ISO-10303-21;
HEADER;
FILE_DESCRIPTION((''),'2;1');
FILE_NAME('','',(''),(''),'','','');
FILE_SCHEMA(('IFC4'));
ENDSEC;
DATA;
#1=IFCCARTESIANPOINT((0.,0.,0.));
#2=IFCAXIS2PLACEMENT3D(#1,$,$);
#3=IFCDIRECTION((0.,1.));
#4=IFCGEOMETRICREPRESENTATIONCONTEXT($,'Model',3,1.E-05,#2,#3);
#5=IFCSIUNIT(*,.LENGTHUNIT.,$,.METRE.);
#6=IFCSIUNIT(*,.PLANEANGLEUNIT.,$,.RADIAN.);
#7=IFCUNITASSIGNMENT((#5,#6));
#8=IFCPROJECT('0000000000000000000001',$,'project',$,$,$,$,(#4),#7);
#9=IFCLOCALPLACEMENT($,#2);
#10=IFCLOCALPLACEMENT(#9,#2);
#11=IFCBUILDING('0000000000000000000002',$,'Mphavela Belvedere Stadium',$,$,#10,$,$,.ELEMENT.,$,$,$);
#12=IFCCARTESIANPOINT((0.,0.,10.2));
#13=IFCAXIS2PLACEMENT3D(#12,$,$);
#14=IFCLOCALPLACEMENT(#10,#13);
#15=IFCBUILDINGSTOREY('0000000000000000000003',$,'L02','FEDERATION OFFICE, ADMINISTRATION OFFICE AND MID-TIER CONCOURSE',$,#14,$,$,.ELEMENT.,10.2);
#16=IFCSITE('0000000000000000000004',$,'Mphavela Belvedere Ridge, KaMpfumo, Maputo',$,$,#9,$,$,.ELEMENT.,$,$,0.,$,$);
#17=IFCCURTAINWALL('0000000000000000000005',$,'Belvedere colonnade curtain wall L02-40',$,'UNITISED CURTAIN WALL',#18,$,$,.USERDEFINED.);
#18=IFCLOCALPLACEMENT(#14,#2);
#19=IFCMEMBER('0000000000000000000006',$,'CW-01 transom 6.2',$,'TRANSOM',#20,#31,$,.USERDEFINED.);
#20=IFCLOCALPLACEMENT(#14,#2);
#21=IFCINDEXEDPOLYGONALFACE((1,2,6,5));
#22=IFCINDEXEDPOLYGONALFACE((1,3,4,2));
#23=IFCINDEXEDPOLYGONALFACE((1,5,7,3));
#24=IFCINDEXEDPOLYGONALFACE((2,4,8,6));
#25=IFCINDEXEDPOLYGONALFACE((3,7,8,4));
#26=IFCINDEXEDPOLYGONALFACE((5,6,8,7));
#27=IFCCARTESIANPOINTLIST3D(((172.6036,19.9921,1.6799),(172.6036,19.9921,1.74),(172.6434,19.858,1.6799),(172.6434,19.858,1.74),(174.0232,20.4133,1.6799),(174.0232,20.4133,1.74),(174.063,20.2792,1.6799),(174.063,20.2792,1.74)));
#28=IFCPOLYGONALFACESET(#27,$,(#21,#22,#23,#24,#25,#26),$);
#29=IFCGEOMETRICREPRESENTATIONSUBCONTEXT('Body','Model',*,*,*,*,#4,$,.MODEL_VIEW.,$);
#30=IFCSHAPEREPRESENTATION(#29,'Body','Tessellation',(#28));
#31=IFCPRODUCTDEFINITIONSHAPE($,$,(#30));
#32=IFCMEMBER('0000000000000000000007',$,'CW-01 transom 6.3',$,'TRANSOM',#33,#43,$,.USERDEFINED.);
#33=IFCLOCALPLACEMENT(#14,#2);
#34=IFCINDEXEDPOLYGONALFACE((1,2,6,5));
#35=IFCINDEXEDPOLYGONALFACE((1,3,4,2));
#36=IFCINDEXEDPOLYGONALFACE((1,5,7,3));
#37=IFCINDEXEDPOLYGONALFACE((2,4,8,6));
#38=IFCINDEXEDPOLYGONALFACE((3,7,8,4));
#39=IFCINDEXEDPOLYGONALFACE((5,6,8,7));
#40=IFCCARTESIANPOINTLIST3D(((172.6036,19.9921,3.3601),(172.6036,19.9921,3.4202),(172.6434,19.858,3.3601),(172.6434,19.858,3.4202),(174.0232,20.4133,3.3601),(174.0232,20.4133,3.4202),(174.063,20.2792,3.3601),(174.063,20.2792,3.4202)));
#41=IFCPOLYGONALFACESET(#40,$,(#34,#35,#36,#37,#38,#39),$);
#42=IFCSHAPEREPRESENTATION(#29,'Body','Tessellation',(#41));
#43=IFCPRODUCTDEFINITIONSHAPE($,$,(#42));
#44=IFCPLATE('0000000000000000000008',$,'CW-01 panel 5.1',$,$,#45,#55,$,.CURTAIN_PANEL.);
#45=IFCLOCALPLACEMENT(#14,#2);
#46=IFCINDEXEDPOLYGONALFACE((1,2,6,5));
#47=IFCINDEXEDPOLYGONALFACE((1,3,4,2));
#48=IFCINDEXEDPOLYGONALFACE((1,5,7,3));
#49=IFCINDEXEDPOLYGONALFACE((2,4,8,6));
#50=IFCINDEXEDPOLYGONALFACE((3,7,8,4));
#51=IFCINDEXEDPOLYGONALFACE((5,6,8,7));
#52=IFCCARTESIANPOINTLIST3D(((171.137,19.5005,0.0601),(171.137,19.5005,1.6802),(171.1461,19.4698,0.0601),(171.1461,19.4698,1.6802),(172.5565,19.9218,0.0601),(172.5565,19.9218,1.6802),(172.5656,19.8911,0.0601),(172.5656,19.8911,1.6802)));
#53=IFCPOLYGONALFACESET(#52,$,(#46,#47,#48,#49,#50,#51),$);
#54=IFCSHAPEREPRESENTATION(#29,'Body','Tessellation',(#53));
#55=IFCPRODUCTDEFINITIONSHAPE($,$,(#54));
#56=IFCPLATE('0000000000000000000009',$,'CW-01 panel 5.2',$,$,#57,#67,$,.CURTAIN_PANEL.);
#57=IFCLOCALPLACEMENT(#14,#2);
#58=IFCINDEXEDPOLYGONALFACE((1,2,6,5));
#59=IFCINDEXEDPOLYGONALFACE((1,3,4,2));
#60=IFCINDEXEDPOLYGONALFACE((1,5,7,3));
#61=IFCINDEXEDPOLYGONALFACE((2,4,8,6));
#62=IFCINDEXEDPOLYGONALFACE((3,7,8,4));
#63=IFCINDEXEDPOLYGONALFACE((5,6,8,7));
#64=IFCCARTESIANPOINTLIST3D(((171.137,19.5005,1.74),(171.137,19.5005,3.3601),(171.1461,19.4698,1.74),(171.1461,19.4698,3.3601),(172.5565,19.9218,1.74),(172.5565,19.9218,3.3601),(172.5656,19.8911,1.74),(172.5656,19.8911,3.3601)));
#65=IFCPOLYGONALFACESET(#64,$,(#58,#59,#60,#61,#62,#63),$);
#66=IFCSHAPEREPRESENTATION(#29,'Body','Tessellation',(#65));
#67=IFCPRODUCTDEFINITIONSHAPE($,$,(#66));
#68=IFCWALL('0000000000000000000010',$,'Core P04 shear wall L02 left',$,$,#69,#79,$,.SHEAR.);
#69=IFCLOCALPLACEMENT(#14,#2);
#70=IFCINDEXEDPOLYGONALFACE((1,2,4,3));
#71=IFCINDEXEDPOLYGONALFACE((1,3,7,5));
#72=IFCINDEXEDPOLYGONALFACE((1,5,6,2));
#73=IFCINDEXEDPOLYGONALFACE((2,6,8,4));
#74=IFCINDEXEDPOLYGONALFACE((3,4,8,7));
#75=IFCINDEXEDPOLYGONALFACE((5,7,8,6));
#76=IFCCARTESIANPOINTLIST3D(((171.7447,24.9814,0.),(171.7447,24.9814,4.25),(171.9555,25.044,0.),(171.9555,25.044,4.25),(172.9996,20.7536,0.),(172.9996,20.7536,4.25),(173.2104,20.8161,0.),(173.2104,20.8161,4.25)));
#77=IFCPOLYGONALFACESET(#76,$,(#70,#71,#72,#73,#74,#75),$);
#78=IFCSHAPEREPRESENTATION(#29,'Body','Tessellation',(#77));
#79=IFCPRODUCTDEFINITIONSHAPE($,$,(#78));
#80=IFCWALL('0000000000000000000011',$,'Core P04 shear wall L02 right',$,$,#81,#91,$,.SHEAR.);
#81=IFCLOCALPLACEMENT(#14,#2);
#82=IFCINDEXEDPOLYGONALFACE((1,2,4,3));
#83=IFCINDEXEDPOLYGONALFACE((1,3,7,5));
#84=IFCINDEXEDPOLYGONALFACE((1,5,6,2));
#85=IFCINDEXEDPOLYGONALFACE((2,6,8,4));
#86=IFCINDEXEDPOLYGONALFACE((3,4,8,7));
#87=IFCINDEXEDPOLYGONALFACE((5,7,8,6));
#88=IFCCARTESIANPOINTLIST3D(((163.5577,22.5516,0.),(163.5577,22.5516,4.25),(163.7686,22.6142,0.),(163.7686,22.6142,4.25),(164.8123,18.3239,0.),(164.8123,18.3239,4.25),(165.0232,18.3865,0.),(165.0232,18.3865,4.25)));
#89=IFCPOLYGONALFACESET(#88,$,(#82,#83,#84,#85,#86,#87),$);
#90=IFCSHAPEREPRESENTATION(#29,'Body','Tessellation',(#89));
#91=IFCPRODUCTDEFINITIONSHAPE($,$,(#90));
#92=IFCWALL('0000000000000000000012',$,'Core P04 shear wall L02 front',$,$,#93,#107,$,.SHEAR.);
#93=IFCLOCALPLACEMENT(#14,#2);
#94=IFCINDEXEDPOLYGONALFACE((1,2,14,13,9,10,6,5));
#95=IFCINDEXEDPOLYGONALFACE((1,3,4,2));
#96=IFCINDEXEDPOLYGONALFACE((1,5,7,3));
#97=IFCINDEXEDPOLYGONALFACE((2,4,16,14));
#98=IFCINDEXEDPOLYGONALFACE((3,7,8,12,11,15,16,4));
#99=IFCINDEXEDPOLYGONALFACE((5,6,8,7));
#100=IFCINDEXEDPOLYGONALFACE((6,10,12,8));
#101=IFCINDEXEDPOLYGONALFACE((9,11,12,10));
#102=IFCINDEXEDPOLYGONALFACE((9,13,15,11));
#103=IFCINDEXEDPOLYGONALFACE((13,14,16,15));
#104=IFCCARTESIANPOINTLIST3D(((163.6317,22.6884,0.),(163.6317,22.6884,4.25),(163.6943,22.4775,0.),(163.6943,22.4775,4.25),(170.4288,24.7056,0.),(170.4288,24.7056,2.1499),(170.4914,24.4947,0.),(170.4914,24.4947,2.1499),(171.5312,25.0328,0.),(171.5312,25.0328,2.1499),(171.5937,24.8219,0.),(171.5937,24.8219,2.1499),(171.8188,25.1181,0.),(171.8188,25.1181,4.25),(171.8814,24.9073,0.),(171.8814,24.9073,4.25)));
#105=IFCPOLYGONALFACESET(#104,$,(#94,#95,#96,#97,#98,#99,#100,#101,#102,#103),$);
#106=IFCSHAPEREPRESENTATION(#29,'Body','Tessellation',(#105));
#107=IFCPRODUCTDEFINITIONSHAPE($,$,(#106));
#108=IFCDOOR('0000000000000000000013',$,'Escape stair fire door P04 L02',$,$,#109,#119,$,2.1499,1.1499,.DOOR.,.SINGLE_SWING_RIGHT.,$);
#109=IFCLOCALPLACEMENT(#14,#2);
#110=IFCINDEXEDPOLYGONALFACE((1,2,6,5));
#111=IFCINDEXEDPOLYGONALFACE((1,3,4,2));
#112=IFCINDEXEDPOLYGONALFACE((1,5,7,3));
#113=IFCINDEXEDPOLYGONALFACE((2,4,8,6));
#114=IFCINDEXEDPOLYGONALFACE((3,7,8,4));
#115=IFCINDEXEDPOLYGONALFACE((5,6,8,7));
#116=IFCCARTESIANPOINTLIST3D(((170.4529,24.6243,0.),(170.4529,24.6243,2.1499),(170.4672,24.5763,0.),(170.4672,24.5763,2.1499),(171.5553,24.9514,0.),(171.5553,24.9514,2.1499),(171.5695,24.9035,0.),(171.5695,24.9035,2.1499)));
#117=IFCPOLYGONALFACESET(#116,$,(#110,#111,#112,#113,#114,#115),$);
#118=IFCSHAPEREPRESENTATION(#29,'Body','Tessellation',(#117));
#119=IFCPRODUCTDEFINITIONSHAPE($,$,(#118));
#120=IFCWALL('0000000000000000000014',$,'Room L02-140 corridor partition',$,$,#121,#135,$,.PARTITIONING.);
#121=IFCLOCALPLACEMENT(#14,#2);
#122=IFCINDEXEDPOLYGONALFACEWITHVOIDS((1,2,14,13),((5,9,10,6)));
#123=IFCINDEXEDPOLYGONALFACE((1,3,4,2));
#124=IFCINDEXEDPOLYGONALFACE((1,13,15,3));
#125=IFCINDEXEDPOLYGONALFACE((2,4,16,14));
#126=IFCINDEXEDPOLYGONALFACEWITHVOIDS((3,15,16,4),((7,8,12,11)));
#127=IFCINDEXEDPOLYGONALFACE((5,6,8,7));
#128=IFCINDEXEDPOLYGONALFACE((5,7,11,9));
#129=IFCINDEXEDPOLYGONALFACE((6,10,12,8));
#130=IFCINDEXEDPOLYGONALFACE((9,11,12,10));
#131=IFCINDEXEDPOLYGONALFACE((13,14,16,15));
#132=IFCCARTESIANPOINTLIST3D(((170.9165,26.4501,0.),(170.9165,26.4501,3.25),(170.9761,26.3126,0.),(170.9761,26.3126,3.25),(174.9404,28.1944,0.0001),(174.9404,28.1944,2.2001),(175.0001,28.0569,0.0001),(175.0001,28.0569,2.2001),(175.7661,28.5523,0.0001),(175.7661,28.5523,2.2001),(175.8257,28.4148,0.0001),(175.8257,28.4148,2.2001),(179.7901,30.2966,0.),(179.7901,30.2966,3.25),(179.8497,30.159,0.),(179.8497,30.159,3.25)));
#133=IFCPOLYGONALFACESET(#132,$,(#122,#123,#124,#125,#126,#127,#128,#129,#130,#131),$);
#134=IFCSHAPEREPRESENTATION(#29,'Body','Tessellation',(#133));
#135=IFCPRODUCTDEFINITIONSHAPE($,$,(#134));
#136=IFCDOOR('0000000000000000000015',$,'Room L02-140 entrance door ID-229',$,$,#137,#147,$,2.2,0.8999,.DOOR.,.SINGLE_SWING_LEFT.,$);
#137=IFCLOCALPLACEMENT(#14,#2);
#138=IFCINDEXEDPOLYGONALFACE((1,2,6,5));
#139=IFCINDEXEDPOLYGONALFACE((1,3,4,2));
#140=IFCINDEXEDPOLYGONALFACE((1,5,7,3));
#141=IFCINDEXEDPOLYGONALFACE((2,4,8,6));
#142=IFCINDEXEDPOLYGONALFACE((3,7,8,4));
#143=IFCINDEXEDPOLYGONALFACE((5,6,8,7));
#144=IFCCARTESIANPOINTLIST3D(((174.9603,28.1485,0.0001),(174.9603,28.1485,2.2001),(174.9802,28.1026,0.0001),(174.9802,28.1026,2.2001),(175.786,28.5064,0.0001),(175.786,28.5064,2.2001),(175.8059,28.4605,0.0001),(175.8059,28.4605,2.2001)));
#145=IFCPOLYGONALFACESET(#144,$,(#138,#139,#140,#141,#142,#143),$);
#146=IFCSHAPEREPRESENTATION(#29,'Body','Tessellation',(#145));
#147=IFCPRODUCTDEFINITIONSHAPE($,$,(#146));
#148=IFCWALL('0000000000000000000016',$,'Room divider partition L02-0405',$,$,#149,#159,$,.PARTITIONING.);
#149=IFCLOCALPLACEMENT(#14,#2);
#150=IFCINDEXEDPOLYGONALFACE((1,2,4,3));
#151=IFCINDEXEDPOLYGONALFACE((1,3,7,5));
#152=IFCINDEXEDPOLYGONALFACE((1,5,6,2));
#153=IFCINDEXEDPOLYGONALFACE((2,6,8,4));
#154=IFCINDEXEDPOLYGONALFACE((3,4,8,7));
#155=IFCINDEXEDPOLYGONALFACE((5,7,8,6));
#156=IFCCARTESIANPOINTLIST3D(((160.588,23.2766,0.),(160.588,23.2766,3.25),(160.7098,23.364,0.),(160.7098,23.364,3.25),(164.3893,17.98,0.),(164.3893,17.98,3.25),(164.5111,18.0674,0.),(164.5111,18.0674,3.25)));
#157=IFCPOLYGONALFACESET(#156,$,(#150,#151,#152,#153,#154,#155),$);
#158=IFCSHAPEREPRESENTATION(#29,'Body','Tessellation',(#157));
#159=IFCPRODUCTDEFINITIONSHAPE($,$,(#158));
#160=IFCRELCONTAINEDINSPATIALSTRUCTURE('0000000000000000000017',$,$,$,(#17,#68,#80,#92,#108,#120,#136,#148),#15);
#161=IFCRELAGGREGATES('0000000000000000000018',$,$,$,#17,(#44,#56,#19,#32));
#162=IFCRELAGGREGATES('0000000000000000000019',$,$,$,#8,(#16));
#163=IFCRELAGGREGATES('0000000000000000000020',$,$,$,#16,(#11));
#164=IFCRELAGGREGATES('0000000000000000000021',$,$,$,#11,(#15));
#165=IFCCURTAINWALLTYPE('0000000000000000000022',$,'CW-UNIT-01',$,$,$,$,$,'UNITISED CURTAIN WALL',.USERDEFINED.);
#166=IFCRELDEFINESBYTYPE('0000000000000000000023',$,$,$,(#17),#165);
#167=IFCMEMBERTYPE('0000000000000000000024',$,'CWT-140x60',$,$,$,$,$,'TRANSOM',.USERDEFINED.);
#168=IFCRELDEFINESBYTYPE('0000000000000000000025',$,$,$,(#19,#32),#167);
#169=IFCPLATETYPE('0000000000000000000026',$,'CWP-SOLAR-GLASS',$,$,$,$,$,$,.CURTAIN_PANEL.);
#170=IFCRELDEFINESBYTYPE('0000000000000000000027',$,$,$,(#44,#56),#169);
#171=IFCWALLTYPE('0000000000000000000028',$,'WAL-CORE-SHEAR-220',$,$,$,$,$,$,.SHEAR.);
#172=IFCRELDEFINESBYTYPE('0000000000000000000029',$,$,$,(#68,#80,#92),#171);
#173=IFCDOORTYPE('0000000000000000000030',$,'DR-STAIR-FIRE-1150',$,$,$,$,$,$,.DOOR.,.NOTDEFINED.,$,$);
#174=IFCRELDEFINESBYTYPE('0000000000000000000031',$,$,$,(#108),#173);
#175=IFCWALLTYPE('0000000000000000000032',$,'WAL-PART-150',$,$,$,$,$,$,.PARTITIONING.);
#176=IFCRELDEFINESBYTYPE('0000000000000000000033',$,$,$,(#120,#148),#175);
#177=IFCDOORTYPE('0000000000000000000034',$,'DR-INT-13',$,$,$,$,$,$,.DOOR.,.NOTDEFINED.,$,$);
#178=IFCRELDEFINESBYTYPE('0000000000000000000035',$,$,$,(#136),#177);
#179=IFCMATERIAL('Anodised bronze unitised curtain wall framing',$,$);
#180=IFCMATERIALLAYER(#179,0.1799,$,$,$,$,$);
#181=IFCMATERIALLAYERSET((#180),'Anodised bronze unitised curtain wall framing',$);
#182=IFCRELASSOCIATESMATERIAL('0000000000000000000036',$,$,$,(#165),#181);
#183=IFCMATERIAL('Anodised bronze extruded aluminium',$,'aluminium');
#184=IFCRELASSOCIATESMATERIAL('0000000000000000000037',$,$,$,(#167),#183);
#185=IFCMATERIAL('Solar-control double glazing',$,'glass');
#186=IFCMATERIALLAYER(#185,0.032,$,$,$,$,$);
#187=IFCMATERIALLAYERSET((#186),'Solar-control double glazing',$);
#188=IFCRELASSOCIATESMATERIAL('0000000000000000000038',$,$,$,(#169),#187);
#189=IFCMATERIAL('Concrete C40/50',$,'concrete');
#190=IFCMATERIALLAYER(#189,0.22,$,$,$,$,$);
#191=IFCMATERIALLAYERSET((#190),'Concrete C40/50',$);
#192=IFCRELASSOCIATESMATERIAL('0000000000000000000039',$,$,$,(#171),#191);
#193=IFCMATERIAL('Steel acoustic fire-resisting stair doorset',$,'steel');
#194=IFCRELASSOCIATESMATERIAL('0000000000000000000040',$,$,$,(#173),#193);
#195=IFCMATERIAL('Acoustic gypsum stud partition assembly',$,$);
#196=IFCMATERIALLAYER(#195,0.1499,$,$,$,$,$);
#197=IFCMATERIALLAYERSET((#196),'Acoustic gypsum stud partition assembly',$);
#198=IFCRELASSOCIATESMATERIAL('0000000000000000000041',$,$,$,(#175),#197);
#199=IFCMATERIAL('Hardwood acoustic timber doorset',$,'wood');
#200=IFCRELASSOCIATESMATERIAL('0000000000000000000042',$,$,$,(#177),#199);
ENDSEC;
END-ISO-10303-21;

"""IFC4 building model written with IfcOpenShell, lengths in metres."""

from ifc_helpers import new_model, si_unit, direction, frame, frame_2d, origin, origin_2d, place, context, subcontext, project, spatial, rectangle, extrude, material, layer, layer_set, material_profile, profile_set, type_object, element, fill, aggregate, save


model = new_model("IFC4")

# Units and contexts
model_context = context("Model", 3, precision=1e-05, world=origin(), true_north=direction((0.0, 1.0)))
body_context = subcontext(model_context, "Body", "Model", "MODEL_VIEW")
ifc_project = project(units=[si_unit("LENGTHUNIT", "METRE"), si_unit("PLANEANGLEUNIT", "RADIAN")], contexts=[model_context])

# Site, building, storey
site_placement = place(None, origin())
site = spatial("IfcSite", under=ifc_project, at=site_placement, Name="Mphavela Belvedere Ridge, KaMpfumo, Maputo", CompositionType="ELEMENT", RefElevation=0.0)
building_placement = place(site_placement, origin())
building = spatial("IfcBuilding", under=site, at=building_placement, Name="Mphavela Belvedere Stadium", CompositionType="ELEMENT")
storey_placement = place(building_placement, frame((0.0, 0.0, 10.2)))
storey = spatial("IfcBuildingStorey", under=building, at=storey_placement, Name="L02", Description="FEDERATION OFFICE, ADMINISTRATION OFFICE AND MID-TIER CONCOURSE", CompositionType="ELEMENT", Elevation=10.2)

# Curtain wall, members, plates
ifc_material_1 = material(Name="Anodised bronze unitised curtain wall framing")
ifc_layer_1 = layer(ifc_material_1, 0.1799)
ifc_layer_set_1 = layer_set([ifc_layer_1], Name="Anodised bronze unitised curtain wall framing")
curtain_wall_type = type_object("IfcCurtainWallType", Name="CW-UNIT-01", ElementType="UNITISED CURTAIN WALL", PredefinedType="USERDEFINED", material=ifc_layer_set_1)
curtain_wall_placement = place(storey_placement, origin())
curtain_wall = element("IfcCurtainWall", 1, at=curtain_wall_placement, inside=storey, type_object=curtain_wall_type, Name="Belvedere colonnade curtain wall L02-40", ObjectType="UNITISED CURTAIN WALL", PredefinedType="USERDEFINED")
ifc_material_2 = material(Name="Anodised bronze extruded aluminium", Category="aluminium")
ifc_material_profile_1 = material_profile(ifc_material_2, rectangle(XDim=0.1399, YDim=0.0601, at=origin_2d()), Name="CW-TRN 140x60")
ifc_profile_set_1 = profile_set([ifc_material_profile_1], Name="Anodised bronze extruded aluminium")
member_type_1 = type_object("IfcMemberType", Name="CWT-140x60", ElementType="TRANSOM", PredefinedType="USERDEFINED", material=ifc_profile_set_1)
member_1_placement = place(storey_placement, frame((172.6235, 19.925, 1.71), z_axis=(0.958693, 0.284442, 0.0), x_axis=(-0.284442, 0.958693, 0.0)))
member_1 = element("IfcMember", 2, at=member_1_placement, type_object=member_type_1, Name="CW-01 transom 6.2", ObjectType="TRANSOM", PredefinedType="USERDEFINED", context=body_context, shape_type="SweptSolid", body=[
    extrude(rectangle(XDim=0.1399, YDim=0.0601, at=origin_2d()), origin(), (0.0, 0.0, 1.0), 1.4807),
])
member_2_placement = place(storey_placement, frame((172.6235, 19.925, 3.3901), z_axis=(0.958693, 0.284442, 0.0), x_axis=(-0.284442, 0.958693, 0.0)))
member_2 = element("IfcMember", 3, at=member_2_placement, type_object=member_type_1, Name="CW-01 transom 6.3", ObjectType="TRANSOM", PredefinedType="USERDEFINED", context=body_context, shape_type="SweptSolid", body=[
    extrude(rectangle(XDim=0.1399, YDim=0.0601, at=origin_2d()), origin(), (0.0, 0.0, 1.0), 1.4807),
])
ifc_material_3 = material(Name="Solar-control double glazing", Category="glass")
ifc_layer_2 = layer(ifc_material_3, 0.032)
ifc_layer_set_2 = layer_set([ifc_layer_2], Name="Solar-control double glazing")
plate_type = type_object("IfcPlateType", Name="CWP-SOLAR-GLASS", PredefinedType="CURTAIN_PANEL", material=ifc_layer_set_2)
plate_1_placement = place(storey_placement, frame((171.8513, 19.6958, 0.0601), z_axis=(0.0, 0.0, 1.0), x_axis=(0.958662, 0.284547, 0.0)))
plate_1 = element("IfcPlate", 4, at=plate_1_placement, type_object=plate_type, Name="CW-01 panel 5.1", PredefinedType="CURTAIN_PANEL", context=body_context, shape_type="SweptSolid", body=[
    extrude(rectangle(XDim=1.4807, YDim=0.032, at=origin_2d()), origin(), (0.0, 0.0, 1.0), 1.6201),
])
plate_2_placement = place(storey_placement, frame((171.8513, 19.6958, 1.74), z_axis=(0.0, 0.0, 1.0), x_axis=(0.958662, 0.284547, 0.0)))
plate_2 = element("IfcPlate", 5, at=plate_2_placement, type_object=plate_type, Name="CW-01 panel 5.2", PredefinedType="CURTAIN_PANEL", context=body_context, shape_type="SweptSolid", body=[
    extrude(rectangle(XDim=1.4807, YDim=0.032, at=origin_2d()), origin(), (0.0, 0.0, 1.0), 1.6201),
])
aggregate(curtain_wall, [plate_1, plate_2, member_1, member_2])

# Walls
ifc_material_4 = material(Name="Concrete C40/50", Category="concrete")
ifc_layer_3 = layer(ifc_material_4, 0.22)
ifc_layer_set_3 = layer_set([ifc_layer_3], Name="Concrete C40/50")
wall_type_1 = type_object("IfcWallType", Name="WAL-CORE-SHEAR-220", PredefinedType="SHEAR", material=ifc_layer_set_3)
wall_1_placement = place(storey_placement, frame((171.8501, 25.0127, 0.0), z_axis=(0.0, 0.0, 1.0), x_axis=(0.284548, -0.958662, 0.0)))
element("IfcWall", 6, at=wall_1_placement, inside=storey, type_object=wall_type_1, Name="Core P04 shear wall L02 left", PredefinedType="SHEAR", context=body_context, shape_type="SweptSolid", body=[
    extrude(rectangle(XDim=4.4102, YDim=0.22, at=frame_2d((2.2051, 0.0))), origin(), (0.0, 0.0, 1.0), 4.25),
])
wall_2_placement = place(storey_placement, frame((163.6631, 22.583, 0.0), z_axis=(0.0, 0.0, 1.0), x_axis=(0.284497, -0.958677, 0.0)))
element("IfcWall", 7, at=wall_2_placement, inside=storey, type_object=wall_type_1, Name="Core P04 shear wall L02 right", PredefinedType="SHEAR", context=body_context, shape_type="SweptSolid", body=[
    extrude(rectangle(XDim=4.4099, YDim=0.22, at=frame_2d((2.2051, 0.0))), origin(), (0.0, 0.0, 1.0), 4.25),
])

# Walls, openings, doors
wall_3_placement = place(storey_placement, frame((171.8501, 25.0127, 0.0), z_axis=(0.0, 0.0, 1.0), x_axis=(-0.958673, -0.284509, 0.0)))
wall_3 = element("IfcWall", 8, at=wall_3_placement, inside=storey, type_object=wall_type_1, Name="Core P04 shear wall L02 front", PredefinedType="SHEAR", context=body_context, shape_type="SweptSolid", body=[
    extrude(rectangle(XDim=8.54, YDim=0.22, at=frame_2d((4.27, 0.0))), origin(), (0.0, 0.0, 1.0), 4.25),
])
opening_1_placement = place(wall_3_placement, frame((0.3, 0.0, 0.0)))
opening_1 = element("IfcOpeningElement", 9, at=opening_1_placement, cuts=wall_3, PredefinedType="OPENING", context=body_context, shape_type="SweptSolid", body=[
    extrude(rectangle(XDim=1.1499, YDim=2.1499, at=frame_2d((0.575, 1.075))), frame((0.0, 0.1201, 0.0), z_axis=(0.0, -1.0, 0.0), x_axis=(1.0, 0.0, 0.0)), (0.0, 0.0, 1.0), 0.24),
])
ifc_material_5 = material(Name="Steel acoustic fire-resisting stair doorset", Category="steel")
door_type_1 = type_object("IfcDoorType", Name="DR-STAIR-FIRE-1150", OperationType="NOTDEFINED", PredefinedType="DOOR", material=ifc_material_5)
door_1_placement = place(opening_1_placement, origin())
door_1 = element("IfcDoor", 10, at=door_1_placement, inside=storey, type_object=door_type_1, Name="Escape stair fire door P04 L02", OperationType="SINGLE_SWING_RIGHT", OverallHeight=2.1499, OverallWidth=1.1499, PredefinedType="DOOR", context=body_context, shape_type="SweptSolid", body=[
    extrude(rectangle(XDim=1.1499, YDim=2.1499, at=frame_2d((0.575, 1.075))), frame((0.0, 0.0249, 0.0), z_axis=(0.0, -1.0, 0.0), x_axis=(1.0, 0.0, 0.0)), (0.0, 0.0, 1.0), 0.05),
])
fill(opening_1, door_1)
ifc_material_6 = material(Name="Acoustic gypsum stud partition assembly")
ifc_layer_4 = layer(ifc_material_6, 0.1499)
ifc_layer_set_4 = layer_set([ifc_layer_4], Name="Acoustic gypsum stud partition assembly")
wall_type_2 = type_object("IfcWallType", Name="WAL-PART-150", PredefinedType="PARTITIONING", material=ifc_layer_set_4)
wall_4_placement = place(storey_placement, frame((170.9463, 26.3813, 0.0), z_axis=(0.0, 0.0, 1.0), x_axis=(0.917509, 0.397715, 0.0)))
wall_4 = element("IfcWall", 11, at=wall_4_placement, inside=storey, type_object=wall_type_2, Name="Room L02-140 corridor partition", PredefinedType="PARTITIONING", context=body_context, shape_type="SweptSolid", body=[
    extrude(rectangle(XDim=9.6714, YDim=0.1499, at=frame_2d((4.8357, 0.0))), origin(), (0.0, 0.0, 1.0), 3.25),
])
opening_2_placement = place(wall_4_placement, frame((4.3857, 0.0, 0.0)))
opening_2 = element("IfcOpeningElement", 12, at=opening_2_placement, cuts=wall_4, PredefinedType="OPENING", context=body_context, shape_type="SweptSolid", body=[
    extrude(rectangle(XDim=0.8999, YDim=2.2, at=frame_2d((0.45, 1.1001))), frame((0.0, 0.085, 0.0), z_axis=(0.0, -1.0, 0.0), x_axis=(1.0, 0.0, 0.0)), (0.0, 0.0, 1.0), 0.1699),
])
ifc_material_7 = material(Name="Hardwood acoustic timber doorset", Category="wood")
door_type_2 = type_object("IfcDoorType", Name="DR-INT-13", OperationType="NOTDEFINED", PredefinedType="DOOR", material=ifc_material_7)
door_2_placement = place(opening_2_placement, origin())
door_2 = element("IfcDoor", 13, at=door_2_placement, inside=storey, type_object=door_type_2, Name="Room L02-140 entrance door ID-229", OperationType="SINGLE_SWING_LEFT", OverallHeight=2.2, OverallWidth=0.8999, PredefinedType="DOOR", context=body_context, shape_type="SweptSolid", body=[
    extrude(rectangle(XDim=0.8999, YDim=2.2, at=frame_2d((0.45, 1.1001))), frame((0.0, 0.0249, 0.0), z_axis=(0.0, -1.0, 0.0), x_axis=(1.0, 0.0, 0.0)), (0.0, 0.0, 1.0), 0.05),
])
fill(opening_2, door_2)

# Wall
wall_5_placement = place(storey_placement, frame((160.6489, 23.3203, 0.0), z_axis=(0.0, 0.0, 1.0), x_axis=(0.583061, -0.812428, 0.0)))
element("IfcWall", 14, at=wall_5_placement, inside=storey, type_object=wall_type_2, Name="Room divider partition L02-0405", PredefinedType="PARTITIONING", context=body_context, shape_type="SweptSolid", body=[
    extrude(rectangle(XDim=6.5195, YDim=0.1499, at=frame_2d((3.2598, 0.0))), origin(), (0.0, 0.0, 1.0), 3.25),
])

save(model, "model.ifc")
